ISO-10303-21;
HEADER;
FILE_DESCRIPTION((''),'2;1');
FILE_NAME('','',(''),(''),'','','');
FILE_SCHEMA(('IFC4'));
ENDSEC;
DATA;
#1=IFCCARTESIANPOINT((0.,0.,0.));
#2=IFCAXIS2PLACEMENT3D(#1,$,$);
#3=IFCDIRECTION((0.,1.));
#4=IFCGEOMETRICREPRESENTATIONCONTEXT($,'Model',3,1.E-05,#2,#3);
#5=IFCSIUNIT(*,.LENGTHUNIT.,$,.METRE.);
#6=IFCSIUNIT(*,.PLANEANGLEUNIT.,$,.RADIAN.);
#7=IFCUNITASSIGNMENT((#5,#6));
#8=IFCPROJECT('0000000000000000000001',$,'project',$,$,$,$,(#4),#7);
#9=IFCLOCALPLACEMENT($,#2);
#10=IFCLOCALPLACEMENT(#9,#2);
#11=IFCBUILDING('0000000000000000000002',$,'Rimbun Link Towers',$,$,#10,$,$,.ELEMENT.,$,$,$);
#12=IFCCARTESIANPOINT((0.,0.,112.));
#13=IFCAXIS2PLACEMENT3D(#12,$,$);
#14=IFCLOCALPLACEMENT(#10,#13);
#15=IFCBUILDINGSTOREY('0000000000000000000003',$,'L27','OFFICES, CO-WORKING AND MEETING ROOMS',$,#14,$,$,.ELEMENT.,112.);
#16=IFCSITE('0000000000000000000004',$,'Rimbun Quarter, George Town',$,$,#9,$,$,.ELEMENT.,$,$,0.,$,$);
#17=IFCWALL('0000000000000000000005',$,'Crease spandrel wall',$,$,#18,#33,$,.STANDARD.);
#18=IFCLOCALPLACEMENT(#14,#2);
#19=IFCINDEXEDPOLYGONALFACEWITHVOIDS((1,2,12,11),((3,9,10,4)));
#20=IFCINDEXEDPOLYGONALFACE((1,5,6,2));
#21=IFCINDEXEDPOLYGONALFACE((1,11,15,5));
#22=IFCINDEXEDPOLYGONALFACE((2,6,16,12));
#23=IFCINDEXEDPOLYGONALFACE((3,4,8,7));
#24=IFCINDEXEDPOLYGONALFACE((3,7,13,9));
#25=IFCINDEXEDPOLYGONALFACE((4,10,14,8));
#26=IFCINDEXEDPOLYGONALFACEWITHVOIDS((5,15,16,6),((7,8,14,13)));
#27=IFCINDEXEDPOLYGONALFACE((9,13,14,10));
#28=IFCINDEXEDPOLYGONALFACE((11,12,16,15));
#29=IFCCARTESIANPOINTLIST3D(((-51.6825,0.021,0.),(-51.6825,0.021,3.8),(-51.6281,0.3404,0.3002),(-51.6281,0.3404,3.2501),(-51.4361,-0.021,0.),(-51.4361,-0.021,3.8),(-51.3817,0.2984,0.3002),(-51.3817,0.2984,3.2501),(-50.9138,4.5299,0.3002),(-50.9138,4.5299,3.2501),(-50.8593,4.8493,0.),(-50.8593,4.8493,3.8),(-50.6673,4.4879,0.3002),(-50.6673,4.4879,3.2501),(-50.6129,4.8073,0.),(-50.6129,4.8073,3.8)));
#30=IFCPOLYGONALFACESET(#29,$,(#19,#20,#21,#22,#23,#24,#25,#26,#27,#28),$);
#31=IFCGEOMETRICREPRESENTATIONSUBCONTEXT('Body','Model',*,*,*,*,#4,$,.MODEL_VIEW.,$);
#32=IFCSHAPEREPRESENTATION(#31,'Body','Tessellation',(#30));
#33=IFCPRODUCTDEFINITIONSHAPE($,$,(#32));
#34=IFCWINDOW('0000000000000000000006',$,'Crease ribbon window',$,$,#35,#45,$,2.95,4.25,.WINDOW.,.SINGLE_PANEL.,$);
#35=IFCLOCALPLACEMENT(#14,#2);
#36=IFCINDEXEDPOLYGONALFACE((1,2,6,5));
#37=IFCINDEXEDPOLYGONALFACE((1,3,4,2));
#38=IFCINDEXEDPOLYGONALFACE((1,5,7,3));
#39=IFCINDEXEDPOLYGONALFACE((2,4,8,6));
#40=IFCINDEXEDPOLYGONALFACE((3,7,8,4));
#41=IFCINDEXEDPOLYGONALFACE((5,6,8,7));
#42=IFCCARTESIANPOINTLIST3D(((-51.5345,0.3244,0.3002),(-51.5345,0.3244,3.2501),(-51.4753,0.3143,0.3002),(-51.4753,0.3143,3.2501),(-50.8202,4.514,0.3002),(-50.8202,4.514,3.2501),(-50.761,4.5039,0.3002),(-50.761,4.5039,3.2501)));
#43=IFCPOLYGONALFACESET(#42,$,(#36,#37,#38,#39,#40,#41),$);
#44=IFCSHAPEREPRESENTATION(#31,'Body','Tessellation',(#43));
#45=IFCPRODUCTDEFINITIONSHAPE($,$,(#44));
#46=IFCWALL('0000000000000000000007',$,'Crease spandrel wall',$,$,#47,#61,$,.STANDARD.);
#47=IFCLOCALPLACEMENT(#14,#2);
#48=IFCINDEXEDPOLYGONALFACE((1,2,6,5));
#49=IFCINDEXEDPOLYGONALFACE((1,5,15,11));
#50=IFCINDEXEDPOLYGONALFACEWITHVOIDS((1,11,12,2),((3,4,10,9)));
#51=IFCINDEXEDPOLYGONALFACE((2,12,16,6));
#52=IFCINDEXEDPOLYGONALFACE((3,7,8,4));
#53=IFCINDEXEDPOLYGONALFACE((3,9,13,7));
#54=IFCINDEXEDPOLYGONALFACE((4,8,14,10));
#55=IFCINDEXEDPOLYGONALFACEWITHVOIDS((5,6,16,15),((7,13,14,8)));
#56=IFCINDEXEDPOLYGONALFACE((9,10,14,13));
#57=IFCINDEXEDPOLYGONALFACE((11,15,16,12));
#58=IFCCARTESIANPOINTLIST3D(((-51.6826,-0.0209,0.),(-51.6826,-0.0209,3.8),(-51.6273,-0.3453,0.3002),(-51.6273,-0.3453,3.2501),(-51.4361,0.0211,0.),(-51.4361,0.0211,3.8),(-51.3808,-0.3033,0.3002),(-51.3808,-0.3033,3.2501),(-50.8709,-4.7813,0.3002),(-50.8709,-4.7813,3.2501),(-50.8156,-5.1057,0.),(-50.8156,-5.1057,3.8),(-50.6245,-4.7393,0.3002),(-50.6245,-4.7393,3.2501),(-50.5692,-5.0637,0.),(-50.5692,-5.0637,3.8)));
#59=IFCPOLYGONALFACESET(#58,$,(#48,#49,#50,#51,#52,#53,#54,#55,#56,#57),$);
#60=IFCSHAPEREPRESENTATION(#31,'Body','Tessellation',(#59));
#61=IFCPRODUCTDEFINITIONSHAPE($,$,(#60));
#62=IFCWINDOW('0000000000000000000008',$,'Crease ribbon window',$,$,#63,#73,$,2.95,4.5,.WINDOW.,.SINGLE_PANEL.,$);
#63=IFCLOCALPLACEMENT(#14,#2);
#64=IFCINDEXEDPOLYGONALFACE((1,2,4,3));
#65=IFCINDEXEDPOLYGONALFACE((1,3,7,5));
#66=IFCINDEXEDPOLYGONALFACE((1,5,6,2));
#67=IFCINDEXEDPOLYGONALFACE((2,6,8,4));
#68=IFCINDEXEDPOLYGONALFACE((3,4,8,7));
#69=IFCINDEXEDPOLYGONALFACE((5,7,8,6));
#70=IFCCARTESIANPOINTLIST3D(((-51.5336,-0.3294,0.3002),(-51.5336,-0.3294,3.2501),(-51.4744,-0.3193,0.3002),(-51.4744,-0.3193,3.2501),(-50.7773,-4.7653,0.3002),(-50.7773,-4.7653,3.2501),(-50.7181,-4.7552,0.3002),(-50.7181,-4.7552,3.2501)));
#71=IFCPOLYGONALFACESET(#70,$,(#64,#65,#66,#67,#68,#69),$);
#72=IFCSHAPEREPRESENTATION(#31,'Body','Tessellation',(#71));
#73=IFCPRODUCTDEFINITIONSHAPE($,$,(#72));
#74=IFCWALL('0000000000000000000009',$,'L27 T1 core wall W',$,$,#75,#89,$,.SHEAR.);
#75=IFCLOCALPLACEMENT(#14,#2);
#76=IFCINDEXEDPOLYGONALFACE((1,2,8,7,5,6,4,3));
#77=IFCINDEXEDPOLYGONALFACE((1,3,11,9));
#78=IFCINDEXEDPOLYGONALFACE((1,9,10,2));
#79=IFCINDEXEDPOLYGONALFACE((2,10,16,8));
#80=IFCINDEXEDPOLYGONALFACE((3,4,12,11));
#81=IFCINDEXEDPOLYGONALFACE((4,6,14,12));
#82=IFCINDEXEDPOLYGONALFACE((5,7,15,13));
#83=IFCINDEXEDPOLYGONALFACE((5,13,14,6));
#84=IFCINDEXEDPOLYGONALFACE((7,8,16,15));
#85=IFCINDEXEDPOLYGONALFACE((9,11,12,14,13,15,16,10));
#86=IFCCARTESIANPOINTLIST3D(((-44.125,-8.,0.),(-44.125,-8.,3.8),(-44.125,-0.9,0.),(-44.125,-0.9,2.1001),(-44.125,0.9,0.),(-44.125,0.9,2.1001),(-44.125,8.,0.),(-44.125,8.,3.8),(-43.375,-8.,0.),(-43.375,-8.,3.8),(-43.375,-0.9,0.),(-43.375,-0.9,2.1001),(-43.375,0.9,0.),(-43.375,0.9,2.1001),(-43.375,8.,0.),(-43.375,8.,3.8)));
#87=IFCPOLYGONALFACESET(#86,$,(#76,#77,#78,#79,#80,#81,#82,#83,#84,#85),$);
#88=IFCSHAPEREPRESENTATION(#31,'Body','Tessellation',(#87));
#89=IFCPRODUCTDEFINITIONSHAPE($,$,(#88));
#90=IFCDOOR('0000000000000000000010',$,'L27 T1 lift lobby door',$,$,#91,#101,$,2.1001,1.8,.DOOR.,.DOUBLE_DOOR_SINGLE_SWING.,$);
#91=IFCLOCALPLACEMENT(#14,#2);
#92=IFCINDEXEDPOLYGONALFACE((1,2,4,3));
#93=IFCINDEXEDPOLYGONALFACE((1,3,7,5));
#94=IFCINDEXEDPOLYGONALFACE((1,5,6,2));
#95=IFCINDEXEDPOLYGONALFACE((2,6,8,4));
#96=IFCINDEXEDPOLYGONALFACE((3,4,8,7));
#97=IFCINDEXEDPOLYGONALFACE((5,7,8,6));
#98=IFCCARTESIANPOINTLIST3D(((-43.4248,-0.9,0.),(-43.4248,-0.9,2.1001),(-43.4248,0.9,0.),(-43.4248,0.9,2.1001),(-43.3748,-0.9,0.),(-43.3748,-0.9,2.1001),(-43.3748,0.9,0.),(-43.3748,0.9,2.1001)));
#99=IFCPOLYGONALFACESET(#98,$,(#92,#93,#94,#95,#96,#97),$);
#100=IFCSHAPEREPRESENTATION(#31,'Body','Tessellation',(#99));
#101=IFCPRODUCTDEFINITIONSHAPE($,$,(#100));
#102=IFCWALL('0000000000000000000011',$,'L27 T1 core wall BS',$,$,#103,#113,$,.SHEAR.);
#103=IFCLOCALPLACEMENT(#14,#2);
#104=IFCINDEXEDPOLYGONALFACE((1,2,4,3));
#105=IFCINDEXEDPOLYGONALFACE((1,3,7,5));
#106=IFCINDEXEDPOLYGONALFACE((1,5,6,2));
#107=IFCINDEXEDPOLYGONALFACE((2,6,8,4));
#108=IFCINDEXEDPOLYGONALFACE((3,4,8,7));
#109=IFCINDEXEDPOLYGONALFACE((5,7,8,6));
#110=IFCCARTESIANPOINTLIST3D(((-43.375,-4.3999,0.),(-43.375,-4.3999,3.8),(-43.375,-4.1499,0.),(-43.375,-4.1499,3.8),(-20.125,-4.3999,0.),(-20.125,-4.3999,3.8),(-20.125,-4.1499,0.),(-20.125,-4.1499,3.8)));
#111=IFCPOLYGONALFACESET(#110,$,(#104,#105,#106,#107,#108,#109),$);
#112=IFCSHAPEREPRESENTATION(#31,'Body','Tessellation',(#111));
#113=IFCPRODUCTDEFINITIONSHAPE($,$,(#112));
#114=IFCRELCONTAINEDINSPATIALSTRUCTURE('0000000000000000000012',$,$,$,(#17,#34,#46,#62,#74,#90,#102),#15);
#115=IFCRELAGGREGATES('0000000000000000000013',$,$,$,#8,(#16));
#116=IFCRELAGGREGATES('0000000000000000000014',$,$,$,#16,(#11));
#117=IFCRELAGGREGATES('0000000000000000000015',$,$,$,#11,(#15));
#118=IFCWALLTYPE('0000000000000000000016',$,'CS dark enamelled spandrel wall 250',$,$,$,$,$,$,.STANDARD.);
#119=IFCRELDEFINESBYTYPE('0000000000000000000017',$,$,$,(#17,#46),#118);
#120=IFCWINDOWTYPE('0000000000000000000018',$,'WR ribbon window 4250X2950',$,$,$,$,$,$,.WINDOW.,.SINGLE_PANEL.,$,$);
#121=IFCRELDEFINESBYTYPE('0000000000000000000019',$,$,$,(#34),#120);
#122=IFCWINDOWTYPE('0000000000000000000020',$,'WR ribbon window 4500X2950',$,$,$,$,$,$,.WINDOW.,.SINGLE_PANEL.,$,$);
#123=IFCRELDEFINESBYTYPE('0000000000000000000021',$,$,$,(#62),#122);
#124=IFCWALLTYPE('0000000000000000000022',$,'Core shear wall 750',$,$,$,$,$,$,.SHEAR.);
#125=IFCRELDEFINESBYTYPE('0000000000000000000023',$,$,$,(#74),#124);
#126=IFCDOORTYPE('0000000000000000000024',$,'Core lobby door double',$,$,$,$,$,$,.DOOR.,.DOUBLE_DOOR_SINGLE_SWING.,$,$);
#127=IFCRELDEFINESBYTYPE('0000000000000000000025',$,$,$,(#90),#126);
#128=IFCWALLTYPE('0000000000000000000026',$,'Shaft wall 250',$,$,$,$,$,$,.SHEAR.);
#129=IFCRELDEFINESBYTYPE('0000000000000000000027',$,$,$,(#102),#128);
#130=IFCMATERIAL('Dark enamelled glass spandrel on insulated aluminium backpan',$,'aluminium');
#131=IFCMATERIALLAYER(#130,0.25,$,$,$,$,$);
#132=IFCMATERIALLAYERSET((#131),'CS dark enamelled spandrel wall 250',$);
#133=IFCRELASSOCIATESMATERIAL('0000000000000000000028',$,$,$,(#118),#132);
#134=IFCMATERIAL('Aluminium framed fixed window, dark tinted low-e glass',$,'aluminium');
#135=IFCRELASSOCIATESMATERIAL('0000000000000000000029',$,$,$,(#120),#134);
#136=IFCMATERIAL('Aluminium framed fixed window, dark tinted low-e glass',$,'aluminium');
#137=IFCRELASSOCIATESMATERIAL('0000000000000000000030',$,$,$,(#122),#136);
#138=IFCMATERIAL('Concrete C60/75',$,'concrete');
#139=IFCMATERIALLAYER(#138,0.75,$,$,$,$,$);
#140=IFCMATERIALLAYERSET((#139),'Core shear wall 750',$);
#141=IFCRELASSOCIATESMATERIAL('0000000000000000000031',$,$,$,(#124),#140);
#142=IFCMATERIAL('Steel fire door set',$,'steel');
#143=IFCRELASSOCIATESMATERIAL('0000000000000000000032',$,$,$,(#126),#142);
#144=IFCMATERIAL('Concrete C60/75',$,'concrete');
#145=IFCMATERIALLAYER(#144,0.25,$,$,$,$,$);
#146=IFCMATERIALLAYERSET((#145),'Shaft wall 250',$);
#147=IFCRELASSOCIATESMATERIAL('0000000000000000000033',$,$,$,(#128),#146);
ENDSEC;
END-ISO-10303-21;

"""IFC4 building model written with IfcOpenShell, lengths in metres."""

from ifc_helpers import new_model, si_unit, direction, frame, frame_2d, origin, place, context, subcontext, project, spatial, rectangle, extrude, material, layer, layer_set, type_object, element, fill, save


model = new_model("IFC4")

# Units and contexts
model_context = context("Model", 3, precision=1e-05, world=origin(), true_north=direction((0.0, 1.0)))
body_context = subcontext(model_context, "Body", "Model", "MODEL_VIEW")
ifc_project = project(units=[si_unit("LENGTHUNIT", "METRE"), si_unit("PLANEANGLEUNIT", "RADIAN")], contexts=[model_context])

# Site, building, storey
site_placement = place(None, origin())
site = spatial("IfcSite", under=ifc_project, at=site_placement, Name="Rimbun Quarter, George Town", CompositionType="ELEMENT", RefElevation=0.0)
building_placement = place(site_placement, origin())
building = spatial("IfcBuilding", under=site, at=building_placement, Name="Rimbun Link Towers", CompositionType="ELEMENT")
storey_placement = place(building_placement, frame((0.0, 0.0, 112.0)))
storey = spatial("IfcBuildingStorey", under=building, at=storey_placement, Name="L27", Description="OFFICES, CO-WORKING AND MEETING ROOMS", CompositionType="ELEMENT", Elevation=112.0)

# Walls, openings, windows
ifc_material_1 = material(Name="Dark enamelled glass spandrel on insulated aluminium backpan", Category="aluminium")
ifc_layer_1 = layer(ifc_material_1, 0.25)
ifc_layer_set_1 = layer_set([ifc_layer_1], Name="CS dark enamelled spandrel wall 250")
wall_type_1 = type_object("IfcWallType", Name="CS dark enamelled spandrel wall 250", PredefinedType="STANDARD", material=ifc_layer_set_1)
wall_1_placement = place(storey_placement, frame((-51.5593, 0.0, 0.0), z_axis=(0.0, 0.0, 1.0), x_axis=(0.168076, 0.985774, 0.0)))
wall_1 = element("IfcWall", 1, at=wall_1_placement, inside=storey, type_object=wall_type_1, Name="Crease spandrel wall", PredefinedType="STANDARD", context=body_context, shape_type="SweptSolid", body=[
    extrude(rectangle(XDim=4.8979, YDim=0.25, at=frame_2d((2.449, 0.0))), origin(), (0.0, 0.0, 1.0), 3.8),
])
opening_1_placement = place(wall_1_placement, frame((0.324, 0.0, 0.3)))
opening_1 = element("IfcOpeningElement", 2, at=opening_1_placement, cuts=wall_1, PredefinedType="OPENING", context=body_context, shape_type="SweptSolid", body=[
    extrude(rectangle(XDim=4.25, YDim=2.95, at=frame_2d((2.125, 1.4751))), frame((0.0, 0.135, 0.0), z_axis=(0.0, -1.0, 0.0), x_axis=(1.0, 0.0, 0.0)), (0.0, 0.0, 1.0), 0.27),
])
ifc_material_2 = material(Name="Aluminium framed fixed window, dark tinted low-e glass", Category="aluminium")
window_type_1 = type_object("IfcWindowType", Name="WR ribbon window 4250X2950", PartitioningType="SINGLE_PANEL", PredefinedType="WINDOW", material=ifc_material_2)
window_1_placement = place(opening_1_placement, origin())
window_1 = element("IfcWindow", 3, at=window_1_placement, inside=storey, type_object=window_type_1, Name="Crease ribbon window", OverallHeight=2.95, OverallWidth=4.25, PartitioningType="SINGLE_PANEL", PredefinedType="WINDOW", context=body_context, shape_type="SweptSolid", body=[
    extrude(rectangle(XDim=4.25, YDim=2.95, at=frame_2d((2.125, 1.4751))), frame((0.0, 0.03, 0.0), z_axis=(0.0, -1.0, 0.0), x_axis=(1.0, 0.0, 0.0)), (0.0, 0.0, 1.0), 0.0601),
])
fill(opening_1, window_1)
wall_2_placement = place(storey_placement, frame((-50.6924, -5.0847, 0.0), z_axis=(0.0, 0.0, 1.0), x_axis=(-0.168074, 0.985774, 0.0)))
wall_2 = element("IfcWall", 4, at=wall_2_placement, inside=storey, type_object=wall_type_1, Name="Crease spandrel wall", PredefinedType="STANDARD", context=body_context, shape_type="SweptSolid", body=[
    extrude(rectangle(XDim=5.1582, YDim=0.25, at=frame_2d((2.5791, 0.0))), origin(), (0.0, 0.0, 1.0), 3.8),
])
opening_2_placement = place(wall_2_placement, frame((0.3291, 0.0, 0.3)))
opening_2 = element("IfcOpeningElement", 5, at=opening_2_placement, cuts=wall_2, PredefinedType="OPENING", context=body_context, shape_type="SweptSolid", body=[
    extrude(rectangle(XDim=4.5, YDim=2.95, at=frame_2d((2.25, 1.4751))), frame((0.0, 0.135, 0.0), z_axis=(0.0, -1.0, 0.0), x_axis=(1.0, 0.0, 0.0)), (0.0, 0.0, 1.0), 0.27),
])
ifc_material_3 = material(Name="Aluminium framed fixed window, dark tinted low-e glass", Category="aluminium")
window_type_2 = type_object("IfcWindowType", Name="WR ribbon window 4500X2950", PartitioningType="SINGLE_PANEL", PredefinedType="WINDOW", material=ifc_material_3)
window_2_placement = place(opening_2_placement, origin())
window_2 = element("IfcWindow", 6, at=window_2_placement, inside=storey, type_object=window_type_2, Name="Crease ribbon window", OverallHeight=2.95, OverallWidth=4.5, PartitioningType="SINGLE_PANEL", PredefinedType="WINDOW", context=body_context, shape_type="SweptSolid", body=[
    extrude(rectangle(XDim=4.5, YDim=2.95, at=frame_2d((2.25, 1.4751))), frame((0.0, 0.03, 0.0), z_axis=(0.0, -1.0, 0.0), x_axis=(1.0, 0.0, 0.0)), (0.0, 0.0, 1.0), 0.0601),
])
fill(opening_2, window_2)

# Wall, opening, door
ifc_material_4 = material(Name="Concrete C60/75", Category="concrete")
ifc_layer_2 = layer(ifc_material_4, 0.75)
ifc_layer_set_2 = layer_set([ifc_layer_2], Name="Core shear wall 750")
wall_type_2 = type_object("IfcWallType", Name="Core shear wall 750", PredefinedType="SHEAR", material=ifc_layer_set_2)
wall_3_placement = place(storey_placement, frame((-43.75, -8.0, 0.0), z_axis=(0.0, 0.0, 1.0), x_axis=(0.0, 1.0, 0.0)))
wall_3 = element("IfcWall", 7, at=wall_3_placement, inside=storey, type_object=wall_type_2, Name="L27 T1 core wall W", PredefinedType="SHEAR", context=body_context, shape_type="SweptSolid", body=[
    extrude(rectangle(XDim=16.0, YDim=0.75, at=frame_2d((8.0, 0.0))), origin(), (0.0, 0.0, 1.0), 3.8),
])
opening_3_placement = place(wall_3_placement, frame((7.1001, 0.0, 0.0)))
opening_3 = element("IfcOpeningElement", 8, at=opening_3_placement, cuts=wall_3, PredefinedType="OPENING", context=body_context, shape_type="SweptSolid", body=[
    extrude(rectangle(XDim=1.8, YDim=2.1001, at=frame_2d((0.8999, 1.05))), frame((0.0, 0.385, 0.0), z_axis=(0.0, -1.0, 0.0), x_axis=(1.0, 0.0, 0.0)), (0.0, 0.0, 1.0), 0.77),
])
ifc_material_5 = material(Name="Steel fire door set", Category="steel")
door_type_1 = type_object("IfcDoorType", Name="Core lobby door double", OperationType="DOUBLE_DOOR_SINGLE_SWING", PredefinedType="DOOR", material=ifc_material_5)
door_1_placement = place(opening_3_placement, origin())
door_1 = element("IfcDoor", 9, at=door_1_placement, inside=storey, type_object=door_type_1, Name="L27 T1 lift lobby door", OperationType="DOUBLE_DOOR_SINGLE_SWING", OverallHeight=2.1001, OverallWidth=1.8, PredefinedType="DOOR", context=body_context, shape_type="SweptSolid", body=[
    extrude(rectangle(XDim=1.8, YDim=2.1001, at=frame_2d((0.8999, 1.05))), frame((0.0, -0.3252, 0.0), z_axis=(0.0, -1.0, 0.0), x_axis=(1.0, 0.0, 0.0)), (0.0, 0.0, 1.0), 0.05),
])
fill(opening_3, door_1)

# Wall
ifc_material_6 = material(Name="Concrete C60/75", Category="concrete")
ifc_layer_3 = layer(ifc_material_6, 0.25)
ifc_layer_set_3 = layer_set([ifc_layer_3], Name="Shaft wall 250")
wall_type_3 = type_object("IfcWallType", Name="Shaft wall 250", PredefinedType="SHEAR", material=ifc_layer_set_3)
wall_4_placement = place(storey_placement, frame((-43.375, -4.2749, 0.0), z_axis=(0.0, 0.0, 1.0), x_axis=(1.0, 0.0, 0.0)))
element("IfcWall", 10, at=wall_4_placement, inside=storey, type_object=wall_type_3, Name="L27 T1 core wall BS", PredefinedType="SHEAR", context=body_context, shape_type="SweptSolid", body=[
    extrude(rectangle(XDim=23.25, YDim=0.25, at=frame_2d((11.625, 0.0))), origin(), (0.0, 0.0, 1.0), 3.8),
])

save(model, "model.ifc")
